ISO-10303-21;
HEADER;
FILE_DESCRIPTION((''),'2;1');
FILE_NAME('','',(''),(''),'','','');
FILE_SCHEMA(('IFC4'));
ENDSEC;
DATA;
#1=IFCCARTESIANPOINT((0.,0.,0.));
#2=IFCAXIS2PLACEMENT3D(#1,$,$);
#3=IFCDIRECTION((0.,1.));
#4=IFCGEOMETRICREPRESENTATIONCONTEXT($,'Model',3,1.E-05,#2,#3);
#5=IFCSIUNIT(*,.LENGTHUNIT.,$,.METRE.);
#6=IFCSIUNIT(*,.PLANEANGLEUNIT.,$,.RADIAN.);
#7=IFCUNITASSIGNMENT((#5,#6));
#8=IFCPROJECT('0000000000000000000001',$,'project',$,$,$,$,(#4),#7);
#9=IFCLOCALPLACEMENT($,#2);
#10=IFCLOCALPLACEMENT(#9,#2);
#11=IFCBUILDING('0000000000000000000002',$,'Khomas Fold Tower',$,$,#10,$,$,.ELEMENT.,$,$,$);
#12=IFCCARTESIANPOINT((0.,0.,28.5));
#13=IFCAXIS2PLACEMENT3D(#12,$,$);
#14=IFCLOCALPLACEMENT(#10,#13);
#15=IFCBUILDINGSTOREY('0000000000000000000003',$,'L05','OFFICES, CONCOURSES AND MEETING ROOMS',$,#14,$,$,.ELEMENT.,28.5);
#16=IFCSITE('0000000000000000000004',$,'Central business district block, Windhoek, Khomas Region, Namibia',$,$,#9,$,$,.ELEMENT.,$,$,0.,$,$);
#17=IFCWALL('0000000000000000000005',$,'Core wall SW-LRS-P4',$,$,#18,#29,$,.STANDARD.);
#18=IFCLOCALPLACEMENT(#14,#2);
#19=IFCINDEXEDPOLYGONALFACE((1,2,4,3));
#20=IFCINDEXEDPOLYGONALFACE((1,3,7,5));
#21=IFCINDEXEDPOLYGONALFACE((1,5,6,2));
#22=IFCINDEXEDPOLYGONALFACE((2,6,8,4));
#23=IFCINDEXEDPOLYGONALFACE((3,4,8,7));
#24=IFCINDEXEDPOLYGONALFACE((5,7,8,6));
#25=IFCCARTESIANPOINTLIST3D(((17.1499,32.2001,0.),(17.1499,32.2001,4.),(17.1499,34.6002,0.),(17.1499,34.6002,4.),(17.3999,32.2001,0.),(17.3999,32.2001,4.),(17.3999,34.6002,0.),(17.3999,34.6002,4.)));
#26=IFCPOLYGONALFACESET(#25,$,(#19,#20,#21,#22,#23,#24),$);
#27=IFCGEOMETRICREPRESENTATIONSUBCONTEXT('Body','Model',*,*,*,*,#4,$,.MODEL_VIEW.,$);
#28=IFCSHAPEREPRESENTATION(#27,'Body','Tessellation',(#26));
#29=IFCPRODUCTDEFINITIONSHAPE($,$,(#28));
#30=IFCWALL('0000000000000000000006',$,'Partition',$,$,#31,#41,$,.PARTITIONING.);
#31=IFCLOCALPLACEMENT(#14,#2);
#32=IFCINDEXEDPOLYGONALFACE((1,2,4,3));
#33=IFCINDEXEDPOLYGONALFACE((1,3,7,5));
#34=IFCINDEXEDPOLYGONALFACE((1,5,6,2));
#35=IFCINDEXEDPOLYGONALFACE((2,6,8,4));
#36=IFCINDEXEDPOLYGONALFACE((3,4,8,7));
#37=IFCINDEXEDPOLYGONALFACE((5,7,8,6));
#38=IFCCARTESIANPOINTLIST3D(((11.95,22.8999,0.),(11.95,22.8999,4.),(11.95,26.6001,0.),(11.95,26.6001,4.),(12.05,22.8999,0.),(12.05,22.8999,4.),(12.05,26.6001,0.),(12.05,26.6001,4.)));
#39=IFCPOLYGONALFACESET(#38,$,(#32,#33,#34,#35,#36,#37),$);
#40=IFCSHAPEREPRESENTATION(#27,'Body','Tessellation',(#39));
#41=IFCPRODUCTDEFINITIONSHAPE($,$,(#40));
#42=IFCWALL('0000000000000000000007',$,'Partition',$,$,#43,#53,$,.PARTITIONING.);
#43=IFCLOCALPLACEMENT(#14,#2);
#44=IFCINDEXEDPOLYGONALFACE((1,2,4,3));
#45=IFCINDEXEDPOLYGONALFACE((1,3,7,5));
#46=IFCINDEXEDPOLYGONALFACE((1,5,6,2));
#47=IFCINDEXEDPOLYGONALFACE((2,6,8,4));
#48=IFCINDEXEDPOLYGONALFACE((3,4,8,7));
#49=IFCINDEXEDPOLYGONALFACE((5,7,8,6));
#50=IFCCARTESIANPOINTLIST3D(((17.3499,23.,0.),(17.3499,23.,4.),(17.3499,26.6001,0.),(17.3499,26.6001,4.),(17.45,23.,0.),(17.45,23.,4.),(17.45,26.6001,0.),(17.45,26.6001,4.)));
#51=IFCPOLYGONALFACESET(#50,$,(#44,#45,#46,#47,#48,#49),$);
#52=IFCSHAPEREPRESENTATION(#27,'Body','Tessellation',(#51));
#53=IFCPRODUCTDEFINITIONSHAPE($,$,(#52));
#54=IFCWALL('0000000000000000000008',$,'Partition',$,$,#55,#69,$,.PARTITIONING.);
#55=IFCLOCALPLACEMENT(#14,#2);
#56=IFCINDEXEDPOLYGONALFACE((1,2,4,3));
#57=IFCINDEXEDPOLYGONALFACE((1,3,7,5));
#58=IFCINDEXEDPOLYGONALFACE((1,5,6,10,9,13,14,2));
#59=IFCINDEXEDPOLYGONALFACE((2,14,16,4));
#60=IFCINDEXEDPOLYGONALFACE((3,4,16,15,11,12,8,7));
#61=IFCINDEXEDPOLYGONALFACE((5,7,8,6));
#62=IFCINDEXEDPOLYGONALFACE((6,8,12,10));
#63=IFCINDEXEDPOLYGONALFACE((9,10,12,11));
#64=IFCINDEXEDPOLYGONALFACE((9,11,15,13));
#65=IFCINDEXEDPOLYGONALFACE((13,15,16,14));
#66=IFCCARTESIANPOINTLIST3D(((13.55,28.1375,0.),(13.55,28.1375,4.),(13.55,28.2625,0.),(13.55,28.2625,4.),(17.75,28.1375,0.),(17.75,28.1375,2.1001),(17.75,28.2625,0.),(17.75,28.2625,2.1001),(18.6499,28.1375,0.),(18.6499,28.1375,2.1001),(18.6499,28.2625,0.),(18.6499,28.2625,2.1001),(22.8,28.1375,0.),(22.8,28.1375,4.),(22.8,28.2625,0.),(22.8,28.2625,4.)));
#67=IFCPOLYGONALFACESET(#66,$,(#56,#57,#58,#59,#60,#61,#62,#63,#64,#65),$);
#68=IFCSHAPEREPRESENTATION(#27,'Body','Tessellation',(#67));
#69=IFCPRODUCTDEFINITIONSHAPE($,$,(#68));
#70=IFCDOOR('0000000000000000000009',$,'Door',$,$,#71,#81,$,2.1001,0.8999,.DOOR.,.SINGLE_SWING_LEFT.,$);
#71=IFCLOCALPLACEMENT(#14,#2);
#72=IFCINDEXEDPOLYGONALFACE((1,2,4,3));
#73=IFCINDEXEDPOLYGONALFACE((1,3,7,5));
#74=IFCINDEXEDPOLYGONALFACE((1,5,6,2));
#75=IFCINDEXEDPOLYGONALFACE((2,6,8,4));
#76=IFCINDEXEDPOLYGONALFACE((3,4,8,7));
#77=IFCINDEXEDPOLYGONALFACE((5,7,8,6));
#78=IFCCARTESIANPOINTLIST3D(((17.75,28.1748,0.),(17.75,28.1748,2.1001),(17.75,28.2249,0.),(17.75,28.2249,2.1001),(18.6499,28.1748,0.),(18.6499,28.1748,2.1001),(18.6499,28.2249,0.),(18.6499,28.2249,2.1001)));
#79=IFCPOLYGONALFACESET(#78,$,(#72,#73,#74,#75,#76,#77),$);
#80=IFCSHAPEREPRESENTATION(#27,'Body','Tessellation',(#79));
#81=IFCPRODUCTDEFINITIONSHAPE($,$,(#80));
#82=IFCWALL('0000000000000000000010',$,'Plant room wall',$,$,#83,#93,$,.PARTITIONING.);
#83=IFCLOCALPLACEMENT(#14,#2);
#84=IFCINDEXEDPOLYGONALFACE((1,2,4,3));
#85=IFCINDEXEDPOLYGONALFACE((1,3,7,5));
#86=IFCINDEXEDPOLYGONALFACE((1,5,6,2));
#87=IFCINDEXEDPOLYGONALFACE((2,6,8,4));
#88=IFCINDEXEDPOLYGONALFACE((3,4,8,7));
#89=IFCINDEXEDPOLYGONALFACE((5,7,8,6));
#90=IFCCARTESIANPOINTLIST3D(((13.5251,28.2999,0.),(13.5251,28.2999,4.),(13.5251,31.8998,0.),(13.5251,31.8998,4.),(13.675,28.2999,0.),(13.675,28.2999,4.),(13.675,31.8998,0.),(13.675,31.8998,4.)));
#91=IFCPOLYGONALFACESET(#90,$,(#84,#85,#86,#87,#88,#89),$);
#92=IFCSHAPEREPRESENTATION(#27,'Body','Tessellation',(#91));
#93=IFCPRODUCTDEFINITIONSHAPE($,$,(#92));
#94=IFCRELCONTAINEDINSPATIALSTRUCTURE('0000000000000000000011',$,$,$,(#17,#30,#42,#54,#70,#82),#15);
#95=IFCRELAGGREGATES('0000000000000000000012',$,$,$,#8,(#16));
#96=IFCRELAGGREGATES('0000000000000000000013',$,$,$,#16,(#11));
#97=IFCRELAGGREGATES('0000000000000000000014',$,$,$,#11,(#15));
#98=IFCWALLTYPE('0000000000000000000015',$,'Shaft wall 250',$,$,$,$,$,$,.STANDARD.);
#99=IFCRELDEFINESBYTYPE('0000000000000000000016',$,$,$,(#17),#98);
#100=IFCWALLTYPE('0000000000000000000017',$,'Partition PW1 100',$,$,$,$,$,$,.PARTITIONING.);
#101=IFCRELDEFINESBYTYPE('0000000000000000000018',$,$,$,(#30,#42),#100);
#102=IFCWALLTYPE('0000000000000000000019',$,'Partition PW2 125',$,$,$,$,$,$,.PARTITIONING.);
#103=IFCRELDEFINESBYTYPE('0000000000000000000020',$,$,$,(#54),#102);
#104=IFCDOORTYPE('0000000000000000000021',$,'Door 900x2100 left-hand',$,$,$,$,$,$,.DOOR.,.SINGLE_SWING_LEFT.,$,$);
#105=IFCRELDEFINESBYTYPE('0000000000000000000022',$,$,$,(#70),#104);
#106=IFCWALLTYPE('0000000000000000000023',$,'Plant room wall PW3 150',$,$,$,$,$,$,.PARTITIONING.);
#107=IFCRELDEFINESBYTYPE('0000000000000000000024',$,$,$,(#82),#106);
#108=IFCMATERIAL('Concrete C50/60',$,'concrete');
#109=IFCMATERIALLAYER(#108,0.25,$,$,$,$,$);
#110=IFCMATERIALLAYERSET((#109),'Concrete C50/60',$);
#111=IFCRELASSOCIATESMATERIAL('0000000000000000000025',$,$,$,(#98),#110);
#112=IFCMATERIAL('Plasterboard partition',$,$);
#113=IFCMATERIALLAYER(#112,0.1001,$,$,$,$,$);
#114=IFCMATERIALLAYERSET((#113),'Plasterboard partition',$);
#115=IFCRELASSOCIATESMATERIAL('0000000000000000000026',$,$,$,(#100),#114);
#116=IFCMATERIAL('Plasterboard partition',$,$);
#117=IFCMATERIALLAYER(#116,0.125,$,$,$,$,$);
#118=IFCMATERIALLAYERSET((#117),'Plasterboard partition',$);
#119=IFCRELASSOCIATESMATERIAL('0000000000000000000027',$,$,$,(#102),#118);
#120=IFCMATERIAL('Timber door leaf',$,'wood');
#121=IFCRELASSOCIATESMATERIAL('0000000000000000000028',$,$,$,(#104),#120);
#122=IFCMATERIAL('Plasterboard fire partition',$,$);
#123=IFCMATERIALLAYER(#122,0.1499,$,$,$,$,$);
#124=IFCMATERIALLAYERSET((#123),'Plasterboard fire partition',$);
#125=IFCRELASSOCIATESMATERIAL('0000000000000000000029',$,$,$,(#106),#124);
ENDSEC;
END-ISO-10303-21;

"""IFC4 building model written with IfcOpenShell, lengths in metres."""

from ifc_helpers import new_model, si_unit, direction, frame, frame_2d, origin, place, context, subcontext, project, spatial, rectangle, extrude, source, transform, mapped, material, layer, layer_set, type_object, element, fill, save


model = new_model("IFC4")

# Units and contexts
model_context = context("Model", 3, precision=1e-05, world=origin(), true_north=direction((0.0, 1.0)))
body_context = subcontext(model_context, "Body", "Model", "MODEL_VIEW")
ifc_project = project(units=[si_unit("LENGTHUNIT", "METRE"), si_unit("PLANEANGLEUNIT", "RADIAN")], contexts=[model_context])

# Site, building, storey
site_placement = place(None, origin())
site = spatial("IfcSite", under=ifc_project, at=site_placement, Name="Central business district block, Windhoek, Khomas Region, Namibia", CompositionType="ELEMENT", RefElevation=0.0)
building_placement = place(site_placement, origin())
building = spatial("IfcBuilding", under=site, at=building_placement, Name="Khomas Fold Tower", CompositionType="ELEMENT")
storey_placement = place(building_placement, frame((0.0, 0.0, 28.5)))
storey = spatial("IfcBuildingStorey", under=building, at=storey_placement, Name="L05", Description="OFFICES, CONCOURSES AND MEETING ROOMS", CompositionType="ELEMENT", Elevation=28.5)

# Walls
ifc_material_1 = material(Name="Concrete C50/60", Category="concrete")
ifc_layer_1 = layer(ifc_material_1, 0.25)
ifc_layer_set_1 = layer_set([ifc_layer_1], Name="Concrete C50/60")
wall_type_1 = type_object("IfcWallType", Name="Shaft wall 250", PredefinedType="STANDARD", material=ifc_layer_set_1)
shared_shape_1 = source(origin(), body_context, "Body", "SweptSolid", [
    extrude(rectangle(XDim=2.4001, YDim=0.25, at=frame_2d((1.2002, 0.0))), origin(), (0.0, 0.0, 1.0), 4.0),
])
for number, where, z_axis, x_axis, name in (
    (1, (17.2749, 32.2, 0.0), (0.0, 0.0, 1.0), (0.0, 1.0, 0.0), "Core wall SW-LRS-P4"),
):
    element("IfcWall", number, at=place(storey_placement, frame(where, z_axis=z_axis, x_axis=x_axis)), inside=storey, type_object=wall_type_1, Name=name, PredefinedType="STANDARD", context=body_context, shape_type="MappedRepresentation", body=[
        mapped(shared_shape_1, transform((0.0, 0.0, 0.0))),
    ])
ifc_material_2 = material(Name="Plasterboard partition")
ifc_layer_2 = layer(ifc_material_2, 0.1001)
ifc_layer_set_2 = layer_set([ifc_layer_2], Name="Plasterboard partition")
wall_type_2 = type_object("IfcWallType", Name="Partition PW1 100", PredefinedType="PARTITIONING", material=ifc_layer_set_2)
shared_shape_2 = source(origin(), body_context, "Body", "SweptSolid", [
    extrude(rectangle(XDim=3.7002, YDim=0.1001, at=frame_2d((1.8501, 0.0))), origin(), (0.0, 0.0, 1.0), 4.0),
])
wall_1_placement = place(storey_placement, frame((12.0, 22.8999, 0.0), z_axis=(0.0, 0.0, 1.0), x_axis=(0.0, 1.0, 0.0)))
element("IfcWall", 2, at=wall_1_placement, inside=storey, type_object=wall_type_2, Name="Partition", PredefinedType="PARTITIONING", context=body_context, shape_type="MappedRepresentation", body=[
    mapped(shared_shape_2, transform((0.0, 0.0, 0.0))),
])
shared_shape_3 = source(origin(), body_context, "Body", "SweptSolid", [
    extrude(rectangle(XDim=3.6001, YDim=0.1001, at=frame_2d((1.8, 0.0))), origin(), (0.0, 0.0, 1.0), 4.0),
])
wall_2_placement = place(storey_placement, frame((17.3999, 23.0, 0.0), z_axis=(0.0, 0.0, 1.0), x_axis=(0.0, 1.0, 0.0)))
element("IfcWall", 3, at=wall_2_placement, inside=storey, type_object=wall_type_2, Name="Partition", PredefinedType="PARTITIONING", context=body_context, shape_type="MappedRepresentation", body=[
    mapped(shared_shape_3, transform((0.0, 0.0, 0.0))),
])

# Wall, opening, door
ifc_material_3 = material(Name="Plasterboard partition")
ifc_layer_3 = layer(ifc_material_3, 0.125)
ifc_layer_set_3 = layer_set([ifc_layer_3], Name="Plasterboard partition")
wall_type_3 = type_object("IfcWallType", Name="Partition PW2 125", PredefinedType="PARTITIONING", material=ifc_layer_set_3)
shared_shape_4 = source(origin(), body_context, "Body", "SweptSolid", [
    extrude(rectangle(XDim=9.25, YDim=0.125, at=frame_2d((4.625, 0.0))), origin(), (0.0, 0.0, 1.0), 4.0),
])
wall_3_placement = place(storey_placement, frame((13.55, 28.2, 0.0), z_axis=(0.0, 0.0, 1.0), x_axis=(1.0, 0.0, 0.0)))
wall_3 = element("IfcWall", 4, at=wall_3_placement, inside=storey, type_object=wall_type_3, Name="Partition", PredefinedType="PARTITIONING", context=body_context, shape_type="MappedRepresentation", body=[
    mapped(shared_shape_4, transform((0.0, 0.0, 0.0))),
])
shared_shape_5 = source(origin(), body_context, "Body", "SweptSolid", [
    extrude(rectangle(XDim=0.8999, YDim=2.1001, at=frame_2d((0.45, 1.05))), frame((0.0, 0.0725, 0.0), z_axis=(0.0, -1.0, 0.0), x_axis=(1.0, 0.0, 0.0)), (0.0, 0.0, 1.0), 0.145),
])
opening_1_placement = place(wall_3_placement, frame((4.2, 0.0, 0.0)))
opening_1 = element("IfcOpeningElement", 5, at=opening_1_placement, cuts=wall_3, PredefinedType="OPENING", context=body_context, shape_type="MappedRepresentation", body=[
    mapped(shared_shape_5, transform((0.0, 0.0, 0.0))),
])
ifc_material_4 = material(Name="Timber door leaf", Category="wood")
door_type_1 = type_object("IfcDoorType", Name="Door 900x2100 left-hand", OperationType="SINGLE_SWING_LEFT", PredefinedType="DOOR", material=ifc_material_4)
shared_shape_6 = source(origin(), body_context, "Body", "SweptSolid", [
    extrude(rectangle(XDim=0.8999, YDim=2.1001, at=frame_2d((0.45, 1.05))), frame((0.0, 0.0249, 0.0), z_axis=(0.0, -1.0, 0.0), x_axis=(1.0, 0.0, 0.0)), (0.0, 0.0, 1.0), 0.05),
])
door_1_placement = place(opening_1_placement, origin())
door_1 = element("IfcDoor", 6, at=door_1_placement, inside=storey, type_object=door_type_1, Name="Door", OperationType="SINGLE_SWING_LEFT", OverallHeight=2.1001, OverallWidth=0.8999, PredefinedType="DOOR", context=body_context, shape_type="MappedRepresentation", body=[
    mapped(shared_shape_6, transform((0.0, 0.0, 0.0))),
])
fill(opening_1, door_1)

# Wall
ifc_material_5 = material(Name="Plasterboard fire partition")
ifc_layer_4 = layer(ifc_material_5, 0.1499)
ifc_layer_set_4 = layer_set([ifc_layer_4], Name="Plasterboard fire partition")
wall_type_4 = type_object("IfcWallType", Name="Plant room wall PW3 150", PredefinedType="PARTITIONING", material=ifc_layer_set_4)
shared_shape_7 = source(origin(), body_context, "Body", "SweptSolid", [
    extrude(rectangle(XDim=3.5999, YDim=0.1499, at=frame_2d((1.7998, 0.0))), origin(), (0.0, 0.0, 1.0), 4.0),
])
wall_4_placement = place(storey_placement, frame((13.6001, 28.3, 0.0), z_axis=(0.0, 0.0, 1.0), x_axis=(0.0, 1.0, 0.0)))
element("IfcWall", 7, at=wall_4_placement, inside=storey, type_object=wall_type_4, Name="Plant room wall", PredefinedType="PARTITIONING", context=body_context, shape_type="MappedRepresentation", body=[
    mapped(shared_shape_7, transform((0.0, 0.0, 0.0))),
])

save(model, "model.ifc")
